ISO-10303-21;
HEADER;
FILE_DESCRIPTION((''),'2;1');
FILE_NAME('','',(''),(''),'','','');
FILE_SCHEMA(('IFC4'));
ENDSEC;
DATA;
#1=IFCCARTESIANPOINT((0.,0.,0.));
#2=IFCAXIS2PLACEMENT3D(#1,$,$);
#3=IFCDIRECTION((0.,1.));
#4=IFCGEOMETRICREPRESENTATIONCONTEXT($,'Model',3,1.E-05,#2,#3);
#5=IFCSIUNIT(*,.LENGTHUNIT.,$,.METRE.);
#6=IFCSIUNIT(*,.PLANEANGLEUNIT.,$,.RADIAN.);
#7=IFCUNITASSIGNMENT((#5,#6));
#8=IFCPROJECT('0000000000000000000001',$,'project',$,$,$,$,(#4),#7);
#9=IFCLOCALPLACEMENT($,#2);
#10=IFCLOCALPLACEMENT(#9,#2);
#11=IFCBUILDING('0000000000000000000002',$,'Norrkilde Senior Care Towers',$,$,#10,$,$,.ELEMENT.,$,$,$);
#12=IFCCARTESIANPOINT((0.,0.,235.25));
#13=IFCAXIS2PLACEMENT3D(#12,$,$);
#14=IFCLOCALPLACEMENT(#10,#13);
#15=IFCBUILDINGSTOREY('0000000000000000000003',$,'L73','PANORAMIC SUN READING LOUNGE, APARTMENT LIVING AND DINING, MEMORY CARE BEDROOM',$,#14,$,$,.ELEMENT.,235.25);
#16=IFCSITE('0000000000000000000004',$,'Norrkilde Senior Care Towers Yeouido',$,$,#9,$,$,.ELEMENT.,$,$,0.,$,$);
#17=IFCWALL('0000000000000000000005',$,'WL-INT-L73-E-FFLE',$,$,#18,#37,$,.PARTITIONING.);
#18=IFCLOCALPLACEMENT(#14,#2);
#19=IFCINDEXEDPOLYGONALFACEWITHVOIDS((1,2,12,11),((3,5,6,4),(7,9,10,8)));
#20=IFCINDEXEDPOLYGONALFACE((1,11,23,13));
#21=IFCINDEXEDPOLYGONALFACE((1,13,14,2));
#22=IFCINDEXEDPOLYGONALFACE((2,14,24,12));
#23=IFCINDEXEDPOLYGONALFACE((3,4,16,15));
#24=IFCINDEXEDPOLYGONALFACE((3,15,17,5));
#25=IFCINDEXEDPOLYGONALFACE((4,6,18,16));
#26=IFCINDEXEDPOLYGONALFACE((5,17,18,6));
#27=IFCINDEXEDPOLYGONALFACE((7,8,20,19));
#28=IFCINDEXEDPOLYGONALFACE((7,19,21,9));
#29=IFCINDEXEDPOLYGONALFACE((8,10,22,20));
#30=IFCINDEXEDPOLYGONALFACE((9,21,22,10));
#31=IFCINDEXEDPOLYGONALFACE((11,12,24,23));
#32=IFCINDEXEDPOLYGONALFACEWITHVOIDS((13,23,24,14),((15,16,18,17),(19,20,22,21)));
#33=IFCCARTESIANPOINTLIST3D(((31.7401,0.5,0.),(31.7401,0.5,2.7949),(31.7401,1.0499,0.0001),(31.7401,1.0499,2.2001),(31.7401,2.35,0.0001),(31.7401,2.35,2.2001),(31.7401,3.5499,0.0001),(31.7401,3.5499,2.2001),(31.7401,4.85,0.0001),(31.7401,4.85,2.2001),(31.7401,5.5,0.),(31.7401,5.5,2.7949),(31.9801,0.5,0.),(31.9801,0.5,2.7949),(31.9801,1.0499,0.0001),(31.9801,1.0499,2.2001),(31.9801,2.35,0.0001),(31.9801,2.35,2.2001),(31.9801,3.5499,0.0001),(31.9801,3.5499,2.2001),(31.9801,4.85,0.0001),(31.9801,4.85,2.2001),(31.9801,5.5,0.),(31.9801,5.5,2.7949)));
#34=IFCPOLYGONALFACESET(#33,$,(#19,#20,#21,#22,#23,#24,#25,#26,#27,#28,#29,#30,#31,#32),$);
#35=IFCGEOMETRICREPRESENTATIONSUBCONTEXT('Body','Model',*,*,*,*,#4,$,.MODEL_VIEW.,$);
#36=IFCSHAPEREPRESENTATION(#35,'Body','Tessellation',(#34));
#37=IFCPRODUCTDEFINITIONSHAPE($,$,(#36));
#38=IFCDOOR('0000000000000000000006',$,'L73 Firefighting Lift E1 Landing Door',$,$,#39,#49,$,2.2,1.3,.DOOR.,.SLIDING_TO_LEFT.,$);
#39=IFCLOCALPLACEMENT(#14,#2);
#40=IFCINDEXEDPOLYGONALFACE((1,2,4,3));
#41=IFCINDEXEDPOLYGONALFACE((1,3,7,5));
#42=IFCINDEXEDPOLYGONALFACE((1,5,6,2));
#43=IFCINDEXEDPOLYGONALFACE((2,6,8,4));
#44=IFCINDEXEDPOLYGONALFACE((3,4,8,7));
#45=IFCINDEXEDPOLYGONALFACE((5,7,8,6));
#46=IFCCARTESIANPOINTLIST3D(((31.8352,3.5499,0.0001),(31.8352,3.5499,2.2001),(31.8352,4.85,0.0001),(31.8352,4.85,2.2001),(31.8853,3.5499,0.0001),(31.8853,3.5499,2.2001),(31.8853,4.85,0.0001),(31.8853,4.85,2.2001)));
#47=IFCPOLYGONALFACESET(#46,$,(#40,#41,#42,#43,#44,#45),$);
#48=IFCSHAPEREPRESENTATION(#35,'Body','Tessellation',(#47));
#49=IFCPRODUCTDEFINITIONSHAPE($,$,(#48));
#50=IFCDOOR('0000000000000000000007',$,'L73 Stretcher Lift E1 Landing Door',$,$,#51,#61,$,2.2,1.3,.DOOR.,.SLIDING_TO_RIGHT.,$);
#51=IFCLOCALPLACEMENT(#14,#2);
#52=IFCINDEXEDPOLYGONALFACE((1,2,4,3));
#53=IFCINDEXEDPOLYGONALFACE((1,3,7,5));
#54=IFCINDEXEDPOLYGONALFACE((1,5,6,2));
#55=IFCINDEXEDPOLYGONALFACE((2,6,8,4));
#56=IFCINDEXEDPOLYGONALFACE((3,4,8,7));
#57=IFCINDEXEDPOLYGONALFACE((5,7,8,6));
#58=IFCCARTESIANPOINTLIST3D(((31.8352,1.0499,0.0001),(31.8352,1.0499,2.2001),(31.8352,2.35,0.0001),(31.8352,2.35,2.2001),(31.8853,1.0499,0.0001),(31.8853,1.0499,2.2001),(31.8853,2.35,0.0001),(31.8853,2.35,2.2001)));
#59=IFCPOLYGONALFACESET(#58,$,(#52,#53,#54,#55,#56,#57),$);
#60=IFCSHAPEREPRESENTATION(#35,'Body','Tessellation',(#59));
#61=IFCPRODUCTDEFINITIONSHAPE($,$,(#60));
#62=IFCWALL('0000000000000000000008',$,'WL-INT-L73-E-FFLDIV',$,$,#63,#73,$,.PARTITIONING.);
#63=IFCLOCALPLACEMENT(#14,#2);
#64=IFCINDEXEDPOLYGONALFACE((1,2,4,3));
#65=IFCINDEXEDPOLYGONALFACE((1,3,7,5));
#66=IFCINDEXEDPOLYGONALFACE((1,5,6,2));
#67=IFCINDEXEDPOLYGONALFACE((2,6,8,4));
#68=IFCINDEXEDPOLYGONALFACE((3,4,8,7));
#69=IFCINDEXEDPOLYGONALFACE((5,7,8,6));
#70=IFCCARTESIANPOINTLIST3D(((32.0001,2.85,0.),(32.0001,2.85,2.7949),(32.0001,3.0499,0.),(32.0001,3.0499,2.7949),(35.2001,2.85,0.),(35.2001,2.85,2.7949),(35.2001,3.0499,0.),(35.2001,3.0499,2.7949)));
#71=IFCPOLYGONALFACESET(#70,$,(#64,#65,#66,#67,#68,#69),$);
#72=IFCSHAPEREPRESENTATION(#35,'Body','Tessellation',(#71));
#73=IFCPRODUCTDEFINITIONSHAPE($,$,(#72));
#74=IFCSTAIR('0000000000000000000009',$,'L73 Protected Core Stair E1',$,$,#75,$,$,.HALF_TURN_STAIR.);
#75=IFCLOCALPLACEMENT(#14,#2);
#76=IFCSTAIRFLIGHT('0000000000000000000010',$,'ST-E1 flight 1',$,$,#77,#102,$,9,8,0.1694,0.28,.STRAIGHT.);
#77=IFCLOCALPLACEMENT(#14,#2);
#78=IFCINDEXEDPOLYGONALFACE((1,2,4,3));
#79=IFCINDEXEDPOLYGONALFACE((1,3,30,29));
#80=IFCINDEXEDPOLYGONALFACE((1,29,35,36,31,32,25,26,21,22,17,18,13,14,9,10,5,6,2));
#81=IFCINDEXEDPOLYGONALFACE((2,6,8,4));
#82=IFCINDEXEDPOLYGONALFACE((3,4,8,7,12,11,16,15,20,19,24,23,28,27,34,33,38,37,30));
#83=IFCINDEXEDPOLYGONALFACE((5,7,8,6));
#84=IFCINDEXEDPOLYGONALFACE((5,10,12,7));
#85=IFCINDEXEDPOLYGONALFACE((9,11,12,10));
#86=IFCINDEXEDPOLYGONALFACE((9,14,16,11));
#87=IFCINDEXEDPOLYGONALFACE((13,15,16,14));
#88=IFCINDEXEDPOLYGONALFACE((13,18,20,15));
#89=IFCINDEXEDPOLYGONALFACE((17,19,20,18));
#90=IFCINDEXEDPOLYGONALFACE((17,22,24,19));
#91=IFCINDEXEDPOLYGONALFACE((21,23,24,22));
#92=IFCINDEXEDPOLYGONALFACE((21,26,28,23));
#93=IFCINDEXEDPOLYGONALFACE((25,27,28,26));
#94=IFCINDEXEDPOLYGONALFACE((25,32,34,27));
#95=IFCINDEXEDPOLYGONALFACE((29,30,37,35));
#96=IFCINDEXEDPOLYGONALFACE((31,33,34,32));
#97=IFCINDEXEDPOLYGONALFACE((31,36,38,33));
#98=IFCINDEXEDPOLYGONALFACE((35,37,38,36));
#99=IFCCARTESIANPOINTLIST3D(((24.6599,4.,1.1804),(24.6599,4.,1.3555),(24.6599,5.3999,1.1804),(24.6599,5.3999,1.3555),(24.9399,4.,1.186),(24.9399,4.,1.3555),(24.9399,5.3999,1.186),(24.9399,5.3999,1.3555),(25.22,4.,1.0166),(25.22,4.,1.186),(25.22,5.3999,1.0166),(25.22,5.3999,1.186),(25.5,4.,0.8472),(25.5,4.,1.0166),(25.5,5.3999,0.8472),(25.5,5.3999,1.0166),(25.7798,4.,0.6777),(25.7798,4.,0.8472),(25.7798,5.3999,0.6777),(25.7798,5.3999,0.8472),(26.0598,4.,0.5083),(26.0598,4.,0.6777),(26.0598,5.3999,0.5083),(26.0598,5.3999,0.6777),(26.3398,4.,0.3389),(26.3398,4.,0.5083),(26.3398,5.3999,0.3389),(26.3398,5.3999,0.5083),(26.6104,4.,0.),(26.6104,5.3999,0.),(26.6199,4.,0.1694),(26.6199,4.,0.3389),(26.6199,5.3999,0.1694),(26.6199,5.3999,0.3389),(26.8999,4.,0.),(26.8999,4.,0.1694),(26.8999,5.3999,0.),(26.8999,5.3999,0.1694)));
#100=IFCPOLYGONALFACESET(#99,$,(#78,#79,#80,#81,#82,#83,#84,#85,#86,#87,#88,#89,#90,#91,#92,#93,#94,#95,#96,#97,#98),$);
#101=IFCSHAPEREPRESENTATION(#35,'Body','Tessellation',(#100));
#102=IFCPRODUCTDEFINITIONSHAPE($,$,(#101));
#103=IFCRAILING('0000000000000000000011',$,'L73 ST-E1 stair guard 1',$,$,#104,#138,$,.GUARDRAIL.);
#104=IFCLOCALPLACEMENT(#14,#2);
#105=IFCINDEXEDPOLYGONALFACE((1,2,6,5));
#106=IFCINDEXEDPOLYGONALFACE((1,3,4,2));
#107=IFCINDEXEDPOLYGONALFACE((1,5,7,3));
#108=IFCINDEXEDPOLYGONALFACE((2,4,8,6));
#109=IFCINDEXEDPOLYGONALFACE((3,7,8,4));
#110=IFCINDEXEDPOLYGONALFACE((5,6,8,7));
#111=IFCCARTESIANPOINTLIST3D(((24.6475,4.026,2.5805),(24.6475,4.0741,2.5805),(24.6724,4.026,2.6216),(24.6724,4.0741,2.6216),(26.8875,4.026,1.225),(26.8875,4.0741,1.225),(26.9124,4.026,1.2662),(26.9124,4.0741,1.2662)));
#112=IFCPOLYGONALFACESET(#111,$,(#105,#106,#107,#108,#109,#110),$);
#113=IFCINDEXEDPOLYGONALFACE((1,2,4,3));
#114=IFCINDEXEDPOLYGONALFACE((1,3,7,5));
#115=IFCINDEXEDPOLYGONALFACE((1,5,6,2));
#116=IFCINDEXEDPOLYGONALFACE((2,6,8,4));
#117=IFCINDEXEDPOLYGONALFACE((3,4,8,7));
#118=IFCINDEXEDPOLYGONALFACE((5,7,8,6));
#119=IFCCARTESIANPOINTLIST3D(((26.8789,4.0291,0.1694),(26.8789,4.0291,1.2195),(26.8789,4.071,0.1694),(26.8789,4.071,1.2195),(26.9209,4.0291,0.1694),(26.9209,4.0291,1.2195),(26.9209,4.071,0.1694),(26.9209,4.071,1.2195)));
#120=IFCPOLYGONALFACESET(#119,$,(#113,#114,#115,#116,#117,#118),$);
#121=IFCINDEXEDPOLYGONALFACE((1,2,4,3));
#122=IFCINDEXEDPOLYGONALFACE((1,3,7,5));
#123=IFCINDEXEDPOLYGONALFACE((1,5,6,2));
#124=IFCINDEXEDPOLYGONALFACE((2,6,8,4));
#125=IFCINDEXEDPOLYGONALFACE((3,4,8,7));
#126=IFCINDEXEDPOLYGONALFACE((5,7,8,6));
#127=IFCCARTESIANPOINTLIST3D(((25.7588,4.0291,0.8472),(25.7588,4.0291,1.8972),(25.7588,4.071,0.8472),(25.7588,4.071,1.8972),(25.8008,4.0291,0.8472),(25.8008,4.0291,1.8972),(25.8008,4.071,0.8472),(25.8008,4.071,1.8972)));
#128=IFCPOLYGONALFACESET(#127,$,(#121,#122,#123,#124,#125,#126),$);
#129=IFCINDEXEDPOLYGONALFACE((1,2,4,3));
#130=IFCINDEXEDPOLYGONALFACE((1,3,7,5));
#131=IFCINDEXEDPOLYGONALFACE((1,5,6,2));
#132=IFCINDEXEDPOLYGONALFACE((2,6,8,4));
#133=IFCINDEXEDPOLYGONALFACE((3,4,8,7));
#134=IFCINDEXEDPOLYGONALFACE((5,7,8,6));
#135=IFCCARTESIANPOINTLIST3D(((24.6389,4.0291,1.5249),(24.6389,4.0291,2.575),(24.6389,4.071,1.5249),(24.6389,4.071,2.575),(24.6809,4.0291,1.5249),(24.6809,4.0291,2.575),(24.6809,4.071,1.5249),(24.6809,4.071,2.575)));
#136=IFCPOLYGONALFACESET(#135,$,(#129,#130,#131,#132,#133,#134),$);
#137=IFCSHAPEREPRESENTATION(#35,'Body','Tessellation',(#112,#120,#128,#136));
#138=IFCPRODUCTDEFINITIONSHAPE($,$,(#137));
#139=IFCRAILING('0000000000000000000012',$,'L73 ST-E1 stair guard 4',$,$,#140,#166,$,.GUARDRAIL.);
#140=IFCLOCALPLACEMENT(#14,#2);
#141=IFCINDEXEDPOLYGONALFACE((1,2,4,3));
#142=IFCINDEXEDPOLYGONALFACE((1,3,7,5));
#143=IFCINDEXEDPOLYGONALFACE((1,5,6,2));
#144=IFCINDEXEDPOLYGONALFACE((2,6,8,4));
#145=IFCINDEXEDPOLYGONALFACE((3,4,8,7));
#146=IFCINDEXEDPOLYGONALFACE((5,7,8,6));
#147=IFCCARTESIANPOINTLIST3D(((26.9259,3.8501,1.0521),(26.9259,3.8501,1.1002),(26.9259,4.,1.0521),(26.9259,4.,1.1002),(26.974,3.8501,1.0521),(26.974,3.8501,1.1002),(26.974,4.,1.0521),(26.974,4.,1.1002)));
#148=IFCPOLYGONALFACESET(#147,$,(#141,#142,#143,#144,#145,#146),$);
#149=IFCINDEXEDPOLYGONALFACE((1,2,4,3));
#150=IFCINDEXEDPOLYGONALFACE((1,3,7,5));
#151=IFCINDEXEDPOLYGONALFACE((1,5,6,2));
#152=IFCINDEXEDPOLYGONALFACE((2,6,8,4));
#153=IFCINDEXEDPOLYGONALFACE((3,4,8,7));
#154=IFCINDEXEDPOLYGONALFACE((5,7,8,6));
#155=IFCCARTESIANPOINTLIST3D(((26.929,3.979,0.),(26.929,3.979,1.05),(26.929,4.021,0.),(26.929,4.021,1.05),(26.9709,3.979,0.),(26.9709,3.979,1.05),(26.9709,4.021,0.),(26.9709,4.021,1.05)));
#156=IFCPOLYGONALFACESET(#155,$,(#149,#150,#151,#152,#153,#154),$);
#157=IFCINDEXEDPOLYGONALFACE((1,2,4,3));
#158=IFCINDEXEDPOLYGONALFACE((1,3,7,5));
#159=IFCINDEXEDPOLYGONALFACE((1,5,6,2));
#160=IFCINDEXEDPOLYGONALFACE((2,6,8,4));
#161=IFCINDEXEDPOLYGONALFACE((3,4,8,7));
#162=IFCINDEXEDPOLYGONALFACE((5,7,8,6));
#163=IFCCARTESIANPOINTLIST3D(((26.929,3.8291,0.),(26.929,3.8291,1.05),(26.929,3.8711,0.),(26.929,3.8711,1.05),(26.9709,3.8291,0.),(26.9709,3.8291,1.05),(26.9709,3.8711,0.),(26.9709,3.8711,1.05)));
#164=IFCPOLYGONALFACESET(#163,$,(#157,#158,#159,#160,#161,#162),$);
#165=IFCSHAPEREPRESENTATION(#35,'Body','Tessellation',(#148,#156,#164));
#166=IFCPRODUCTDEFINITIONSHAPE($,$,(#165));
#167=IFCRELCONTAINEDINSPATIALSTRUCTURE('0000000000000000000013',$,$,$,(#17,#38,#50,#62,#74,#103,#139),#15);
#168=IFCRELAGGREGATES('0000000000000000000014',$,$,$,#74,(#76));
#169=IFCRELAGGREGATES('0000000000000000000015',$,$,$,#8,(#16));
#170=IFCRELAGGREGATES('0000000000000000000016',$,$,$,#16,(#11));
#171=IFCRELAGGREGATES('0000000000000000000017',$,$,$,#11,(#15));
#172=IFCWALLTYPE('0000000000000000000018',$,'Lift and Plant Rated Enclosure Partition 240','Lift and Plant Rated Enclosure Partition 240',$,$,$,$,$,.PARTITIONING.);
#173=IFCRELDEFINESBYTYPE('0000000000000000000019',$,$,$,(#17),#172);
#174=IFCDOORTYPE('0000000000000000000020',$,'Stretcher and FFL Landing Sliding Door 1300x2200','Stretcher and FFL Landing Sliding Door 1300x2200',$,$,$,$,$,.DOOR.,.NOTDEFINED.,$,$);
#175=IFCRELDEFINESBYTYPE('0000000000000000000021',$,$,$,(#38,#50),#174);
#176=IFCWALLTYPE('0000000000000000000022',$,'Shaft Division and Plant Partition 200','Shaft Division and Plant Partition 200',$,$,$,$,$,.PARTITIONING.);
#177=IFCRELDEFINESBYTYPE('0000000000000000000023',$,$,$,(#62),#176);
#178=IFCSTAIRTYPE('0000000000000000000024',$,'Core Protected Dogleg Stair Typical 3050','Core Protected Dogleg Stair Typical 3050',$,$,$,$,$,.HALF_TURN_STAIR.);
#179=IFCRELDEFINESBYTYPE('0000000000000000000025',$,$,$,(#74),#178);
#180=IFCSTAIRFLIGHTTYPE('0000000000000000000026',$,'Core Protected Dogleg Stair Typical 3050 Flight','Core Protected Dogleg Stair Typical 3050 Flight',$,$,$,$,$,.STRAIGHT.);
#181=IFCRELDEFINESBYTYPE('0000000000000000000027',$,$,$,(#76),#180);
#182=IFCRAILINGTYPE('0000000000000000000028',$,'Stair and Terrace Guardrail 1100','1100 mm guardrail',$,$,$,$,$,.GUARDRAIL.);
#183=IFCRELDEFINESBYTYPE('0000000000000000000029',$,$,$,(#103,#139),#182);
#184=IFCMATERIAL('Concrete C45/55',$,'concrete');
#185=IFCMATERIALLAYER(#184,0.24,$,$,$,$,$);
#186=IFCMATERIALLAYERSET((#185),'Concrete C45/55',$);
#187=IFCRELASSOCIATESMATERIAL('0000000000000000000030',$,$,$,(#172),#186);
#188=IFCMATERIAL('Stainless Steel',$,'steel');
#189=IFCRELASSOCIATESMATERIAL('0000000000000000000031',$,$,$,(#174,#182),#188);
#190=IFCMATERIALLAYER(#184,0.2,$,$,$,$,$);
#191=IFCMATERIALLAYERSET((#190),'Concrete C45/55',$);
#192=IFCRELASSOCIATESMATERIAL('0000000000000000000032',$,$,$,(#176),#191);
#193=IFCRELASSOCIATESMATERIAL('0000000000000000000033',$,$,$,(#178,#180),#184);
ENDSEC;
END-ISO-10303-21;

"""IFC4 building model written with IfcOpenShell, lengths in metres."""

from ifc_helpers import new_model, si_unit, direction, frame, frame_2d, origin, origin_2d, place, context, subcontext, project, spatial, polyline, rectangle, outline, extrude, source, transform, mapped, material, layer, layer_set, type_object, type_shapes, element, fill, aggregate, save


model = new_model("IFC4")

# Units and contexts
model_context = context("Model", 3, precision=1e-05, world=origin(), true_north=direction((0.0, 1.0)))
body_context = subcontext(model_context, "Body", "Model", "MODEL_VIEW")
ifc_project = project(units=[si_unit("LENGTHUNIT", "METRE"), si_unit("PLANEANGLEUNIT", "RADIAN")], contexts=[model_context])

# Site, building, storey
site_placement = place(None, origin())
site = spatial("IfcSite", under=ifc_project, at=site_placement, Name="Norrkilde Senior Care Towers Yeouido", CompositionType="ELEMENT", RefElevation=0.0)
building_placement = place(site_placement, origin())
building = spatial("IfcBuilding", under=site, at=building_placement, Name="Norrkilde Senior Care Towers", CompositionType="ELEMENT")
storey_placement = place(building_placement, frame((0.0, 0.0, 235.25)))
storey = spatial("IfcBuildingStorey", under=building, at=storey_placement, Name="L73", Description="PANORAMIC SUN READING LOUNGE, APARTMENT LIVING AND DINING, MEMORY CARE BEDROOM", CompositionType="ELEMENT", Elevation=235.25)

# Wall, openings, doors
ifc_material_1 = material(Name="Concrete C45/55", Category="concrete")
ifc_layer_1 = layer(ifc_material_1, 0.24)
ifc_layer_set_1 = layer_set([ifc_layer_1], Name="Concrete C45/55")
wall_type_1 = type_object("IfcWallType", Name="Lift and Plant Rated Enclosure Partition 240", Description="Lift and Plant Rated Enclosure Partition 240", PredefinedType="PARTITIONING", material=ifc_layer_set_1)
shared_shape_1 = source(origin(), body_context, "Body", "SweptSolid", [
    extrude(rectangle(XDim=5.0, YDim=0.24, at=frame_2d((2.5, 0.0))), origin(), (0.0, 0.0, 1.0), 2.7949),
])
type_shapes(wall_type_1, [shared_shape_1])
wall_1_placement = place(storey_placement, frame((31.8601, 0.5, 0.0), z_axis=(0.0, 0.0, 1.0), x_axis=(0.0, 1.0, 0.0)))
wall_1 = element("IfcWall", 1, at=wall_1_placement, inside=storey, type_object=wall_type_1, Name="WL-INT-L73-E-FFLE", PredefinedType="PARTITIONING", context=body_context, shape_type="MappedRepresentation", body=[
    mapped(shared_shape_1, transform((0.0, 0.0, 0.0), x_axis=(1.0, 0.0, 0.0), y_axis=(0.0, 1.0, 0.0), z_axis=(0.0, 0.0, 1.0), scale=1.0)),
])
opening_1_placement = place(wall_1_placement, frame((3.05, 0.0, 0.0)))
opening_1 = element("IfcOpeningElement", 2, at=opening_1_placement, cuts=wall_1, PredefinedType="OPENING", context=body_context, shape_type="SweptSolid", body=[
    extrude(rectangle(XDim=1.3, YDim=2.2, at=frame_2d((0.6499, 1.1001))), frame((0.0, 0.1299, 0.0), z_axis=(0.0, -1.0, 0.0), x_axis=(1.0, 0.0, 0.0)), (0.0, 0.0, 1.0), 0.26),
])
opening_2_placement = place(wall_1_placement, frame((0.55, 0.0, 0.0)))
opening_2 = element("IfcOpeningElement", 3, at=opening_2_placement, cuts=wall_1, PredefinedType="OPENING", context=body_context, shape_type="SweptSolid", body=[
    extrude(rectangle(XDim=1.3, YDim=2.2, at=frame_2d((0.6499, 1.1001))), frame((0.0, 0.1299, 0.0), z_axis=(0.0, -1.0, 0.0), x_axis=(1.0, 0.0, 0.0)), (0.0, 0.0, 1.0), 0.26),
])
ifc_material_2 = material(Name="Stainless Steel", Category="steel")
door_type_1 = type_object("IfcDoorType", Name="Stretcher and FFL Landing Sliding Door 1300x2200", Description="Stretcher and FFL Landing Sliding Door 1300x2200", OperationType="NOTDEFINED", PredefinedType="DOOR", material=ifc_material_2)
shared_shape_2 = source(origin(), body_context, "Body", "SweptSolid", [
    extrude(rectangle(XDim=1.3, YDim=2.2, at=frame_2d((0.6499, 1.1001))), frame((0.0, 0.0249, 0.0), z_axis=(0.0, -1.0, 0.0), x_axis=(1.0, 0.0, 0.0)), (0.0, 0.0, 1.0), 0.05),
])
type_shapes(door_type_1, [shared_shape_2])
door_1_placement = place(opening_1_placement, origin())
door_1 = element("IfcDoor", 4, at=door_1_placement, inside=storey, type_object=door_type_1, Name="L73 Firefighting Lift E1 Landing Door", OperationType="SLIDING_TO_LEFT", OverallHeight=2.2, OverallWidth=1.3, PredefinedType="DOOR", context=body_context, shape_type="MappedRepresentation", body=[
    mapped(shared_shape_2, transform((0.0, 0.0, 0.0), x_axis=(1.0, 0.0, 0.0), y_axis=(0.0, 1.0, 0.0), z_axis=(0.0, 0.0, 1.0), scale=1.0)),
])
fill(opening_1, door_1)
door_2_placement = place(opening_2_placement, origin())
door_2 = element("IfcDoor", 5, at=door_2_placement, inside=storey, type_object=door_type_1, Name="L73 Stretcher Lift E1 Landing Door", OperationType="SLIDING_TO_RIGHT", OverallHeight=2.2, OverallWidth=1.3, PredefinedType="DOOR", context=body_context, shape_type="MappedRepresentation", body=[
    mapped(shared_shape_2, transform((0.0, 0.0, 0.0), x_axis=(1.0, 0.0, 0.0), y_axis=(0.0, 1.0, 0.0), z_axis=(0.0, 0.0, 1.0), scale=1.0)),
])
fill(opening_2, door_2)

# Wall
ifc_layer_2 = layer(ifc_material_1, 0.2)
ifc_layer_set_2 = layer_set([ifc_layer_2], Name="Concrete C45/55")
wall_type_2 = type_object("IfcWallType", Name="Shaft Division and Plant Partition 200", Description="Shaft Division and Plant Partition 200", PredefinedType="PARTITIONING", material=ifc_layer_set_2)
shared_shape_3 = source(origin(), body_context, "Body", "SweptSolid", [
    extrude(rectangle(XDim=3.2, YDim=0.2, at=frame_2d((1.6001, 0.0))), origin(), (0.0, 0.0, 1.0), 2.7949),
])
type_shapes(wall_type_2, [shared_shape_3])
wall_2_placement = place(storey_placement, frame((32.0, 2.95, 0.0), z_axis=(0.0, 0.0, 1.0), x_axis=(1.0, 0.0, 0.0)))
element("IfcWall", 6, at=wall_2_placement, inside=storey, type_object=wall_type_2, Name="WL-INT-L73-E-FFLDIV", PredefinedType="PARTITIONING", context=body_context, shape_type="MappedRepresentation", body=[
    mapped(shared_shape_3, transform((0.0, 0.0, 0.0), x_axis=(1.0, 0.0, 0.0), y_axis=(0.0, 1.0, 0.0), z_axis=(0.0, 0.0, 1.0), scale=1.0)),
])

# Stair, stair flight
stair_type = type_object("IfcStairType", Name="Core Protected Dogleg Stair Typical 3050", Description="Core Protected Dogleg Stair Typical 3050", PredefinedType="HALF_TURN_STAIR", material=ifc_material_1)
stair_placement = place(storey_placement, origin())
stair = element("IfcStair", 7, at=stair_placement, inside=storey, type_object=stair_type, Name="L73 Protected Core Stair E1", PredefinedType="HALF_TURN_STAIR")
stair_flight_type = type_object("IfcStairFlightType", Name="Core Protected Dogleg Stair Typical 3050 Flight", Description="Core Protected Dogleg Stair Typical 3050 Flight", PredefinedType="STRAIGHT", material=ifc_material_1)
stair_flight_placement = place(storey_placement, frame((26.8999, 4.7, 0.0), z_axis=(0.0, 0.0, 1.0), x_axis=(-1.0, 0.0, 0.0)))
stair_flight = element("IfcStairFlight", 8, at=stair_flight_placement, type_object=stair_flight_type, Name="ST-E1 flight 1", NumberOfRisers=9, NumberOfTreads=8, PredefinedType="STRAIGHT", RiserHeight=0.1694, TreadLength=0.28, context=body_context, shape_type="SweptSolid", body=[
    extrude(outline(polyline([(0.0, 0.0), (0.0, 0.1694), (0.28, 0.1694), (0.28, 0.3389), (0.5601, 0.3389), (0.5601, 0.5083), (0.8401, 0.5083), (0.8401, 0.6777), (1.1201, 0.6777), (1.1201, 0.8472), (1.3999, 0.8472), (1.3999, 1.0166), (1.6799, 1.0166), (1.6799, 1.186), (1.96, 1.186), (1.96, 1.3555), (2.24, 1.3555), (2.24, 1.5249), (2.24, 1.1804), (0.2896, 0.0), (0.0, 0.0)])), frame((0.0, 0.7, 0.0), z_axis=(0.0, -1.0, 0.0), x_axis=(1.0, 0.0, 0.0)), (0.0, 0.0, 1.0), 1.3999),
])
aggregate(stair, [stair_flight])

# Railings
railing_type_1 = type_object("IfcRailingType", Name="Stair and Terrace Guardrail 1100", Description="1100 mm guardrail", PredefinedType="GUARDRAIL", material=ifc_material_2)
railing_1_placement = place(storey_placement, frame((26.8999, 4.05, 0.1694)))
element("IfcRailing", 9, at=railing_1_placement, inside=storey, type_object=railing_type_1, Name="L73 ST-E1 stair guard 1", PredefinedType="GUARDRAIL", context=body_context, shape_type="SweptSolid", body=[
    extrude(rectangle(XDim=0.0481, YDim=0.0481, at=origin_2d()), frame((0.0, 0.0, 1.0762), z_axis=(-0.855553, 0.0, 0.517715), x_axis=(0.0, -1.0, 0.0)), (0.0, 0.0, 1.0), 2.6182),
    extrude(rectangle(XDim=0.042, YDim=0.042, at=origin_2d()), origin(), (0.0, 0.0, 1.0), 1.05),
    extrude(rectangle(XDim=0.042, YDim=0.042, at=origin_2d()), frame((-1.1201, 0.0, 0.6777)), (0.0, 0.0, 1.0), 1.05),
    extrude(rectangle(XDim=0.042, YDim=0.042, at=origin_2d()), frame((-2.24, 0.0, 1.3555)), (0.0, 0.0, 1.0), 1.05),
])
railing_2_placement = place(storey_placement, frame((26.95, 4.0, 0.0)))
element("IfcRailing", 10, at=railing_2_placement, inside=storey, type_object=railing_type_1, Name="L73 ST-E1 stair guard 4", PredefinedType="GUARDRAIL", context=body_context, shape_type="SweptSolid", body=[
    extrude(rectangle(XDim=0.0481, YDim=0.0481, at=origin_2d()), frame((0.0, 0.0, 1.0762), z_axis=(0.0, -1.0, 0.0), x_axis=(1.0, 0.0, 0.0)), (0.0, 0.0, 1.0), 0.1499),
    extrude(rectangle(XDim=0.042, YDim=0.042, at=origin_2d()), origin(), (0.0, 0.0, 1.0), 1.05),
    extrude(rectangle(XDim=0.042, YDim=0.042, at=origin_2d()), frame((0.0, -0.1499, 0.0)), (0.0, 0.0, 1.0), 1.05),
])

save(model, "model.ifc")
